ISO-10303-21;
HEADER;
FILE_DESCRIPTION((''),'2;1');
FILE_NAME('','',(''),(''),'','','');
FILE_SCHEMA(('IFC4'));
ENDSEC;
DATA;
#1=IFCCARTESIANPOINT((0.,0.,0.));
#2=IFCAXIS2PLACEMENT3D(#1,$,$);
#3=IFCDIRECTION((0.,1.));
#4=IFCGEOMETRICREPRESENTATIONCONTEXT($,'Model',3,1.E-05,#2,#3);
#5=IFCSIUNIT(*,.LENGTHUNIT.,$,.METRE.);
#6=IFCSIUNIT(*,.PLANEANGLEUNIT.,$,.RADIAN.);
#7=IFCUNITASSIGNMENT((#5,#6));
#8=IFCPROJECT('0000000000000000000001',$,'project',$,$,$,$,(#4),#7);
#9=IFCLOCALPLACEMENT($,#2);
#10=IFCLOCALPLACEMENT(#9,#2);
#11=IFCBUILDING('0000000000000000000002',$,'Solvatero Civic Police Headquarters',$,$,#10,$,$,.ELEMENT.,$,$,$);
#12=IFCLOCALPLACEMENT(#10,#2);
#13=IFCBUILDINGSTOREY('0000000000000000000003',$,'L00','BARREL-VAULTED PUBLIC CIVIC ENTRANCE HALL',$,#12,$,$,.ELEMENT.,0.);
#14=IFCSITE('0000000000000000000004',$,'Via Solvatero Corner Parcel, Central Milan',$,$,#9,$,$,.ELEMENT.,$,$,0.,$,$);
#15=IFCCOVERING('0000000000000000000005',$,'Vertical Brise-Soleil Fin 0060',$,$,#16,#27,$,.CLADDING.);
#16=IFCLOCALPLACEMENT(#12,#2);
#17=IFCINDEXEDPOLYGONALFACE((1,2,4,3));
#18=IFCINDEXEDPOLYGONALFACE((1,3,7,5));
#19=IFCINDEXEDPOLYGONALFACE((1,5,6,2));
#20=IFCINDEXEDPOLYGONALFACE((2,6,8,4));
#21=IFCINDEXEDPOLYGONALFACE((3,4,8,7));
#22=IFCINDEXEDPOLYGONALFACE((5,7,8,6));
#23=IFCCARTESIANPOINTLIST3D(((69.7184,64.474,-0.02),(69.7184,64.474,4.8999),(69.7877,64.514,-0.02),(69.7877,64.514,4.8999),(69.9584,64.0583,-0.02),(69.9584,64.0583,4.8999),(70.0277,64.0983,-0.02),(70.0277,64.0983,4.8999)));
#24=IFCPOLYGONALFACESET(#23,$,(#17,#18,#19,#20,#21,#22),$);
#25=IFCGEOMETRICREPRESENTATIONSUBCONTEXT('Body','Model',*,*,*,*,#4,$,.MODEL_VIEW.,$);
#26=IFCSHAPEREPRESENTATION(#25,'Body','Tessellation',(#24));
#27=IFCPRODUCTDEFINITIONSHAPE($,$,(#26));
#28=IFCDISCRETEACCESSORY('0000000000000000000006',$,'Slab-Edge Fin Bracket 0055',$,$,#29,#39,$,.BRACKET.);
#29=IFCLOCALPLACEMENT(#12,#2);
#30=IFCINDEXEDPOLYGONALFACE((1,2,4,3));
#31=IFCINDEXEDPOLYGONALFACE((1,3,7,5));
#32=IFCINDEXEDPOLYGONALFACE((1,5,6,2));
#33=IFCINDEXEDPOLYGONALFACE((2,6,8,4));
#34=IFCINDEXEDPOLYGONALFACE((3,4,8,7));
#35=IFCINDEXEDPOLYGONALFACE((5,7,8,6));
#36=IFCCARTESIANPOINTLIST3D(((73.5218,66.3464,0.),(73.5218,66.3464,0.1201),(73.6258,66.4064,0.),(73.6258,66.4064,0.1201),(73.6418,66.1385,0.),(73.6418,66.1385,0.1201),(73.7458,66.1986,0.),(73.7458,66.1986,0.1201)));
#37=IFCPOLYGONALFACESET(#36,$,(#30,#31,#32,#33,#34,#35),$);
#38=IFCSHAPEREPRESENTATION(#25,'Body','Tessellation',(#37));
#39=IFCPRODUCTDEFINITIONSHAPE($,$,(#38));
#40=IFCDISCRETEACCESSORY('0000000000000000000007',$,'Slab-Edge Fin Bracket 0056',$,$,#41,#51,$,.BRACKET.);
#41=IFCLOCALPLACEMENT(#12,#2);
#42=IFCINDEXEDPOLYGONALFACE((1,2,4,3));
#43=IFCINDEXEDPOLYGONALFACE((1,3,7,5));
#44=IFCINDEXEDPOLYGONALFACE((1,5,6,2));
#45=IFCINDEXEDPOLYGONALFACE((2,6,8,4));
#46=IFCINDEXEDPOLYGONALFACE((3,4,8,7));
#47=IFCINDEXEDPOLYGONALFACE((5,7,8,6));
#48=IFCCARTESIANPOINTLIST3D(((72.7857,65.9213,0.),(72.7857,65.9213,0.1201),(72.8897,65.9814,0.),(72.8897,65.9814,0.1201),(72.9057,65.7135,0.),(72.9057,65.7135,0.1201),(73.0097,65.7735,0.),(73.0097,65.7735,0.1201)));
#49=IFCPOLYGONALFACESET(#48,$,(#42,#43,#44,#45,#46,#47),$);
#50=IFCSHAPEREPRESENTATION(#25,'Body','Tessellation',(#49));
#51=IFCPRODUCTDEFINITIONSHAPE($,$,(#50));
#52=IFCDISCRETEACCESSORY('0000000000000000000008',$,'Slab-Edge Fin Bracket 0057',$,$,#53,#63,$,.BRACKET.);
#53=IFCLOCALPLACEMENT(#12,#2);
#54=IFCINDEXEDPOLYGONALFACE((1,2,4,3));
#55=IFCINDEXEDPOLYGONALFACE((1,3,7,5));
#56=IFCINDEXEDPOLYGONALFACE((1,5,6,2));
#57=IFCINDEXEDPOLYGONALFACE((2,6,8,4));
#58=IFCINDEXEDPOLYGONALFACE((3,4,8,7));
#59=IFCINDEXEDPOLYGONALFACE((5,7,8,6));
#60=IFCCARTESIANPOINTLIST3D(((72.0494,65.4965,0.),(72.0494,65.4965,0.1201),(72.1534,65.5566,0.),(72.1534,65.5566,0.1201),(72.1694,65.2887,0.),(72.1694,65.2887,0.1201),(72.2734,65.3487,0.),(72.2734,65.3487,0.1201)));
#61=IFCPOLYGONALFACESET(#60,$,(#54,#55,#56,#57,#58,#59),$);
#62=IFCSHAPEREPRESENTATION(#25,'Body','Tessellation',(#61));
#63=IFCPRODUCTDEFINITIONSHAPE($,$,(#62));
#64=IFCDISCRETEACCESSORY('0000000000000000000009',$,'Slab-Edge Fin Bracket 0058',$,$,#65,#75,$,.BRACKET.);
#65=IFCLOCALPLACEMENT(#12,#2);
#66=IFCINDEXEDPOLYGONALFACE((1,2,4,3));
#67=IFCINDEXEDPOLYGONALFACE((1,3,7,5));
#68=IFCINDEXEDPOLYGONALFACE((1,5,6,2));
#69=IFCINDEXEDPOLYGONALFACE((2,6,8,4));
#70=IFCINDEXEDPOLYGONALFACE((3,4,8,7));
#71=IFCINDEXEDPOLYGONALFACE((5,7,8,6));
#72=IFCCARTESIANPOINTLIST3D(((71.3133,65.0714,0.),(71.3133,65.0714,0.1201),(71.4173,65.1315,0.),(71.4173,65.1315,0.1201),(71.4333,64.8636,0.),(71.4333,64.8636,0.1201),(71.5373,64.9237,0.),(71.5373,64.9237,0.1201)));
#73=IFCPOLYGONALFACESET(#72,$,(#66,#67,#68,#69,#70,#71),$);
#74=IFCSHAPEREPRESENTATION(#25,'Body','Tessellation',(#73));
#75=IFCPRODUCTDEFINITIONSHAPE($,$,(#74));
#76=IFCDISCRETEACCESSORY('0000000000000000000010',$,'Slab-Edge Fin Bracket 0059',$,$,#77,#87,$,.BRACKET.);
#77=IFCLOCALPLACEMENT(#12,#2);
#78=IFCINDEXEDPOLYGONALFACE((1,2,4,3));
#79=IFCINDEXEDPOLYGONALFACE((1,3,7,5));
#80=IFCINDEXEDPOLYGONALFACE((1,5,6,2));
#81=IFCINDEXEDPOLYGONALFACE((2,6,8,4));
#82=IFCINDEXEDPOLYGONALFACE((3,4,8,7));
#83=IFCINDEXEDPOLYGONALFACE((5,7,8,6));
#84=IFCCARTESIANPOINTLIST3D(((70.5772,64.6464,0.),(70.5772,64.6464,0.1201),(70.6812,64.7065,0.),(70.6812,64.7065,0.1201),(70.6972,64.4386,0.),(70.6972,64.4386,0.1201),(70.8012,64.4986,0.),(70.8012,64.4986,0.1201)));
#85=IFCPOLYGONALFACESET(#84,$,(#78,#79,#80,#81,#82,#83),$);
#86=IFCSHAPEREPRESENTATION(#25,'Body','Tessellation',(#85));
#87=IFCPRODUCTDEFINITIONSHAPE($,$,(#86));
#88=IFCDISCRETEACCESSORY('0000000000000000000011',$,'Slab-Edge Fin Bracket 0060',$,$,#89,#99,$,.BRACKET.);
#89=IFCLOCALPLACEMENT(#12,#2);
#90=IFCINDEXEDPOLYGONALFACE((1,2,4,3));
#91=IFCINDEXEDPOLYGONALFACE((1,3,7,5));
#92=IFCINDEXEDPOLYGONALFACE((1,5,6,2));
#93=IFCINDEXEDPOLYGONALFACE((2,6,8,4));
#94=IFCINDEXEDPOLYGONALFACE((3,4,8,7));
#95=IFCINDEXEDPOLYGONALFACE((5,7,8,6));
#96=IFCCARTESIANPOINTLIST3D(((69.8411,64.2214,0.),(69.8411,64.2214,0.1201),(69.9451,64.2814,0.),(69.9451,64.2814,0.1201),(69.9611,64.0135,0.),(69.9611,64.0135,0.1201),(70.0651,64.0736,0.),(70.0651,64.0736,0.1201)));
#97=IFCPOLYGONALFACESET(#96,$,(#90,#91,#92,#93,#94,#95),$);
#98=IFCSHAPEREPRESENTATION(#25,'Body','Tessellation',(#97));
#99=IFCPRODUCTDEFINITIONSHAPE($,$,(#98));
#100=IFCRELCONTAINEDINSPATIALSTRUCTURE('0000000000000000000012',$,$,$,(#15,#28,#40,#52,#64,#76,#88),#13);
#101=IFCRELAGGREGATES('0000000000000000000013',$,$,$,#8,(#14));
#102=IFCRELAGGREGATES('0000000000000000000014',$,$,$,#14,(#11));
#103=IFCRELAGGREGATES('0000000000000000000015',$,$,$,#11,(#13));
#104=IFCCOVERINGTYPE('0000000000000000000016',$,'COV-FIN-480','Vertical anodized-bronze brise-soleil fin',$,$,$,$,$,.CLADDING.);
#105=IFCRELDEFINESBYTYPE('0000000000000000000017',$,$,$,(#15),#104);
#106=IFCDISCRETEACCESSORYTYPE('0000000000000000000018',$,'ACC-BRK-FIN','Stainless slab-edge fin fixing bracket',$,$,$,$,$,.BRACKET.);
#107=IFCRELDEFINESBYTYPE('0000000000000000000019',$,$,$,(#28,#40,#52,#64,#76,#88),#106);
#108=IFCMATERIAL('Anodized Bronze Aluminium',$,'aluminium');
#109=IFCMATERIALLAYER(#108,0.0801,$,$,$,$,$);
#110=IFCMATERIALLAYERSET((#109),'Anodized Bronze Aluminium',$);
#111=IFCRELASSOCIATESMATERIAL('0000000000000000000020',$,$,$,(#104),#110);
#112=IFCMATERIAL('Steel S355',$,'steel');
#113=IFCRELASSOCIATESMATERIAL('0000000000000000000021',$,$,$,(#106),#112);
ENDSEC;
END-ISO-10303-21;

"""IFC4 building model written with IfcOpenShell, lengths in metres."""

from ifc_helpers import new_model, si_unit, direction, frame, origin, origin_2d, place, context, subcontext, project, spatial, rectangle, extrude, material, layer, layer_set, type_object, element, save


model = new_model("IFC4")

# Units and contexts
model_context = context("Model", 3, precision=1e-05, world=origin(), true_north=direction((0.0, 1.0)))
body_context = subcontext(model_context, "Body", "Model", "MODEL_VIEW")
ifc_project = project(units=[si_unit("LENGTHUNIT", "METRE"), si_unit("PLANEANGLEUNIT", "RADIAN")], contexts=[model_context])

# Site, building, storey
site_placement = place(None, origin())
site = spatial("IfcSite", under=ifc_project, at=site_placement, Name="Via Solvatero Corner Parcel, Central Milan", CompositionType="ELEMENT", RefElevation=0.0)
building_placement = place(site_placement, origin())
building = spatial("IfcBuilding", under=site, at=building_placement, Name="Solvatero Civic Police Headquarters", CompositionType="ELEMENT")
storey_placement = place(building_placement, origin())
storey = spatial("IfcBuildingStorey", under=building, at=storey_placement, Name="L00", Description="BARREL-VAULTED PUBLIC CIVIC ENTRANCE HALL", CompositionType="ELEMENT", Elevation=0.0)

# Shared definitions
ifc_material_1 = material(Name="Steel S355", Category="steel")

# Shared definitions
ifc_material_2 = material(Name="Anodized Bronze Aluminium", Category="aluminium")

# Covering
ifc_layer_1 = layer(ifc_material_2, 0.0801)
ifc_layer_set_1 = layer_set([ifc_layer_1], Name="Anodized Bronze Aluminium")
covering_type = type_object("IfcCoveringType", Name="COV-FIN-480", Description="Vertical anodized-bronze brise-soleil fin", PredefinedType="CLADDING", material=ifc_layer_set_1)
for number, where, z_axis, x_axis, name in (
    (1, (69.873, 64.2861, -0.02), (0.0, 0.0, 1.0), (-0.866025, -0.5, 0.0), "Vertical Brise-Soleil Fin 0060"),
):
    element("IfcCovering", number, at=place(storey_placement, frame(where, z_axis=z_axis, x_axis=x_axis)), inside=storey, type_object=covering_type, Name=name, PredefinedType="CLADDING", context=body_context, shape_type="SweptSolid", body=[
        extrude(rectangle(XDim=0.0801, YDim=0.48, at=origin_2d()), origin(), (0.0, 0.0, 1.0), 4.9199),
    ])

# Discrete accessories
discrete_accessory_type = type_object("IfcDiscreteAccessoryType", Name="ACC-BRK-FIN", Description="Stainless slab-edge fin fixing bracket", PredefinedType="BRACKET", material=ifc_material_1)
for number, where, z_axis, x_axis, name in (
    (2, (73.6338, 66.2725, 0.0), (0.0, 0.0, 1.0), (-0.866025, -0.5, 0.0), "Slab-Edge Fin Bracket 0055"),
    (3, (72.8977, 65.8474, 0.0), (0.0, 0.0, 1.0), (-0.866025, -0.5, 0.0), "Slab-Edge Fin Bracket 0056"),
    (4, (72.1614, 65.4226, 0.0), (0.0, 0.0, 1.0), (-0.866025, -0.5, 0.0), "Slab-Edge Fin Bracket 0057"),
    (5, (71.4253, 64.9976, 0.0), (0.0, 0.0, 1.0), (-0.866025, -0.5, 0.0), "Slab-Edge Fin Bracket 0058"),
    (6, (70.6892, 64.5725, 0.0), (0.0, 0.0, 1.0), (-0.866025, -0.5, 0.0), "Slab-Edge Fin Bracket 0059"),
    (7, (69.9531, 64.1475, 0.0), (0.0, 0.0, 1.0), (-0.866025, -0.5, 0.0), "Slab-Edge Fin Bracket 0060"),
):
    element("IfcDiscreteAccessory", number, at=place(storey_placement, frame(where, z_axis=z_axis, x_axis=x_axis)), inside=storey, type_object=discrete_accessory_type, Name=name, PredefinedType="BRACKET", context=body_context, shape_type="SweptSolid", body=[
        extrude(rectangle(XDim=0.1201, YDim=0.24, at=origin_2d()), origin(), (0.0, 0.0, 1.0), 0.1201),
    ])

save(model, "model.ifc")
